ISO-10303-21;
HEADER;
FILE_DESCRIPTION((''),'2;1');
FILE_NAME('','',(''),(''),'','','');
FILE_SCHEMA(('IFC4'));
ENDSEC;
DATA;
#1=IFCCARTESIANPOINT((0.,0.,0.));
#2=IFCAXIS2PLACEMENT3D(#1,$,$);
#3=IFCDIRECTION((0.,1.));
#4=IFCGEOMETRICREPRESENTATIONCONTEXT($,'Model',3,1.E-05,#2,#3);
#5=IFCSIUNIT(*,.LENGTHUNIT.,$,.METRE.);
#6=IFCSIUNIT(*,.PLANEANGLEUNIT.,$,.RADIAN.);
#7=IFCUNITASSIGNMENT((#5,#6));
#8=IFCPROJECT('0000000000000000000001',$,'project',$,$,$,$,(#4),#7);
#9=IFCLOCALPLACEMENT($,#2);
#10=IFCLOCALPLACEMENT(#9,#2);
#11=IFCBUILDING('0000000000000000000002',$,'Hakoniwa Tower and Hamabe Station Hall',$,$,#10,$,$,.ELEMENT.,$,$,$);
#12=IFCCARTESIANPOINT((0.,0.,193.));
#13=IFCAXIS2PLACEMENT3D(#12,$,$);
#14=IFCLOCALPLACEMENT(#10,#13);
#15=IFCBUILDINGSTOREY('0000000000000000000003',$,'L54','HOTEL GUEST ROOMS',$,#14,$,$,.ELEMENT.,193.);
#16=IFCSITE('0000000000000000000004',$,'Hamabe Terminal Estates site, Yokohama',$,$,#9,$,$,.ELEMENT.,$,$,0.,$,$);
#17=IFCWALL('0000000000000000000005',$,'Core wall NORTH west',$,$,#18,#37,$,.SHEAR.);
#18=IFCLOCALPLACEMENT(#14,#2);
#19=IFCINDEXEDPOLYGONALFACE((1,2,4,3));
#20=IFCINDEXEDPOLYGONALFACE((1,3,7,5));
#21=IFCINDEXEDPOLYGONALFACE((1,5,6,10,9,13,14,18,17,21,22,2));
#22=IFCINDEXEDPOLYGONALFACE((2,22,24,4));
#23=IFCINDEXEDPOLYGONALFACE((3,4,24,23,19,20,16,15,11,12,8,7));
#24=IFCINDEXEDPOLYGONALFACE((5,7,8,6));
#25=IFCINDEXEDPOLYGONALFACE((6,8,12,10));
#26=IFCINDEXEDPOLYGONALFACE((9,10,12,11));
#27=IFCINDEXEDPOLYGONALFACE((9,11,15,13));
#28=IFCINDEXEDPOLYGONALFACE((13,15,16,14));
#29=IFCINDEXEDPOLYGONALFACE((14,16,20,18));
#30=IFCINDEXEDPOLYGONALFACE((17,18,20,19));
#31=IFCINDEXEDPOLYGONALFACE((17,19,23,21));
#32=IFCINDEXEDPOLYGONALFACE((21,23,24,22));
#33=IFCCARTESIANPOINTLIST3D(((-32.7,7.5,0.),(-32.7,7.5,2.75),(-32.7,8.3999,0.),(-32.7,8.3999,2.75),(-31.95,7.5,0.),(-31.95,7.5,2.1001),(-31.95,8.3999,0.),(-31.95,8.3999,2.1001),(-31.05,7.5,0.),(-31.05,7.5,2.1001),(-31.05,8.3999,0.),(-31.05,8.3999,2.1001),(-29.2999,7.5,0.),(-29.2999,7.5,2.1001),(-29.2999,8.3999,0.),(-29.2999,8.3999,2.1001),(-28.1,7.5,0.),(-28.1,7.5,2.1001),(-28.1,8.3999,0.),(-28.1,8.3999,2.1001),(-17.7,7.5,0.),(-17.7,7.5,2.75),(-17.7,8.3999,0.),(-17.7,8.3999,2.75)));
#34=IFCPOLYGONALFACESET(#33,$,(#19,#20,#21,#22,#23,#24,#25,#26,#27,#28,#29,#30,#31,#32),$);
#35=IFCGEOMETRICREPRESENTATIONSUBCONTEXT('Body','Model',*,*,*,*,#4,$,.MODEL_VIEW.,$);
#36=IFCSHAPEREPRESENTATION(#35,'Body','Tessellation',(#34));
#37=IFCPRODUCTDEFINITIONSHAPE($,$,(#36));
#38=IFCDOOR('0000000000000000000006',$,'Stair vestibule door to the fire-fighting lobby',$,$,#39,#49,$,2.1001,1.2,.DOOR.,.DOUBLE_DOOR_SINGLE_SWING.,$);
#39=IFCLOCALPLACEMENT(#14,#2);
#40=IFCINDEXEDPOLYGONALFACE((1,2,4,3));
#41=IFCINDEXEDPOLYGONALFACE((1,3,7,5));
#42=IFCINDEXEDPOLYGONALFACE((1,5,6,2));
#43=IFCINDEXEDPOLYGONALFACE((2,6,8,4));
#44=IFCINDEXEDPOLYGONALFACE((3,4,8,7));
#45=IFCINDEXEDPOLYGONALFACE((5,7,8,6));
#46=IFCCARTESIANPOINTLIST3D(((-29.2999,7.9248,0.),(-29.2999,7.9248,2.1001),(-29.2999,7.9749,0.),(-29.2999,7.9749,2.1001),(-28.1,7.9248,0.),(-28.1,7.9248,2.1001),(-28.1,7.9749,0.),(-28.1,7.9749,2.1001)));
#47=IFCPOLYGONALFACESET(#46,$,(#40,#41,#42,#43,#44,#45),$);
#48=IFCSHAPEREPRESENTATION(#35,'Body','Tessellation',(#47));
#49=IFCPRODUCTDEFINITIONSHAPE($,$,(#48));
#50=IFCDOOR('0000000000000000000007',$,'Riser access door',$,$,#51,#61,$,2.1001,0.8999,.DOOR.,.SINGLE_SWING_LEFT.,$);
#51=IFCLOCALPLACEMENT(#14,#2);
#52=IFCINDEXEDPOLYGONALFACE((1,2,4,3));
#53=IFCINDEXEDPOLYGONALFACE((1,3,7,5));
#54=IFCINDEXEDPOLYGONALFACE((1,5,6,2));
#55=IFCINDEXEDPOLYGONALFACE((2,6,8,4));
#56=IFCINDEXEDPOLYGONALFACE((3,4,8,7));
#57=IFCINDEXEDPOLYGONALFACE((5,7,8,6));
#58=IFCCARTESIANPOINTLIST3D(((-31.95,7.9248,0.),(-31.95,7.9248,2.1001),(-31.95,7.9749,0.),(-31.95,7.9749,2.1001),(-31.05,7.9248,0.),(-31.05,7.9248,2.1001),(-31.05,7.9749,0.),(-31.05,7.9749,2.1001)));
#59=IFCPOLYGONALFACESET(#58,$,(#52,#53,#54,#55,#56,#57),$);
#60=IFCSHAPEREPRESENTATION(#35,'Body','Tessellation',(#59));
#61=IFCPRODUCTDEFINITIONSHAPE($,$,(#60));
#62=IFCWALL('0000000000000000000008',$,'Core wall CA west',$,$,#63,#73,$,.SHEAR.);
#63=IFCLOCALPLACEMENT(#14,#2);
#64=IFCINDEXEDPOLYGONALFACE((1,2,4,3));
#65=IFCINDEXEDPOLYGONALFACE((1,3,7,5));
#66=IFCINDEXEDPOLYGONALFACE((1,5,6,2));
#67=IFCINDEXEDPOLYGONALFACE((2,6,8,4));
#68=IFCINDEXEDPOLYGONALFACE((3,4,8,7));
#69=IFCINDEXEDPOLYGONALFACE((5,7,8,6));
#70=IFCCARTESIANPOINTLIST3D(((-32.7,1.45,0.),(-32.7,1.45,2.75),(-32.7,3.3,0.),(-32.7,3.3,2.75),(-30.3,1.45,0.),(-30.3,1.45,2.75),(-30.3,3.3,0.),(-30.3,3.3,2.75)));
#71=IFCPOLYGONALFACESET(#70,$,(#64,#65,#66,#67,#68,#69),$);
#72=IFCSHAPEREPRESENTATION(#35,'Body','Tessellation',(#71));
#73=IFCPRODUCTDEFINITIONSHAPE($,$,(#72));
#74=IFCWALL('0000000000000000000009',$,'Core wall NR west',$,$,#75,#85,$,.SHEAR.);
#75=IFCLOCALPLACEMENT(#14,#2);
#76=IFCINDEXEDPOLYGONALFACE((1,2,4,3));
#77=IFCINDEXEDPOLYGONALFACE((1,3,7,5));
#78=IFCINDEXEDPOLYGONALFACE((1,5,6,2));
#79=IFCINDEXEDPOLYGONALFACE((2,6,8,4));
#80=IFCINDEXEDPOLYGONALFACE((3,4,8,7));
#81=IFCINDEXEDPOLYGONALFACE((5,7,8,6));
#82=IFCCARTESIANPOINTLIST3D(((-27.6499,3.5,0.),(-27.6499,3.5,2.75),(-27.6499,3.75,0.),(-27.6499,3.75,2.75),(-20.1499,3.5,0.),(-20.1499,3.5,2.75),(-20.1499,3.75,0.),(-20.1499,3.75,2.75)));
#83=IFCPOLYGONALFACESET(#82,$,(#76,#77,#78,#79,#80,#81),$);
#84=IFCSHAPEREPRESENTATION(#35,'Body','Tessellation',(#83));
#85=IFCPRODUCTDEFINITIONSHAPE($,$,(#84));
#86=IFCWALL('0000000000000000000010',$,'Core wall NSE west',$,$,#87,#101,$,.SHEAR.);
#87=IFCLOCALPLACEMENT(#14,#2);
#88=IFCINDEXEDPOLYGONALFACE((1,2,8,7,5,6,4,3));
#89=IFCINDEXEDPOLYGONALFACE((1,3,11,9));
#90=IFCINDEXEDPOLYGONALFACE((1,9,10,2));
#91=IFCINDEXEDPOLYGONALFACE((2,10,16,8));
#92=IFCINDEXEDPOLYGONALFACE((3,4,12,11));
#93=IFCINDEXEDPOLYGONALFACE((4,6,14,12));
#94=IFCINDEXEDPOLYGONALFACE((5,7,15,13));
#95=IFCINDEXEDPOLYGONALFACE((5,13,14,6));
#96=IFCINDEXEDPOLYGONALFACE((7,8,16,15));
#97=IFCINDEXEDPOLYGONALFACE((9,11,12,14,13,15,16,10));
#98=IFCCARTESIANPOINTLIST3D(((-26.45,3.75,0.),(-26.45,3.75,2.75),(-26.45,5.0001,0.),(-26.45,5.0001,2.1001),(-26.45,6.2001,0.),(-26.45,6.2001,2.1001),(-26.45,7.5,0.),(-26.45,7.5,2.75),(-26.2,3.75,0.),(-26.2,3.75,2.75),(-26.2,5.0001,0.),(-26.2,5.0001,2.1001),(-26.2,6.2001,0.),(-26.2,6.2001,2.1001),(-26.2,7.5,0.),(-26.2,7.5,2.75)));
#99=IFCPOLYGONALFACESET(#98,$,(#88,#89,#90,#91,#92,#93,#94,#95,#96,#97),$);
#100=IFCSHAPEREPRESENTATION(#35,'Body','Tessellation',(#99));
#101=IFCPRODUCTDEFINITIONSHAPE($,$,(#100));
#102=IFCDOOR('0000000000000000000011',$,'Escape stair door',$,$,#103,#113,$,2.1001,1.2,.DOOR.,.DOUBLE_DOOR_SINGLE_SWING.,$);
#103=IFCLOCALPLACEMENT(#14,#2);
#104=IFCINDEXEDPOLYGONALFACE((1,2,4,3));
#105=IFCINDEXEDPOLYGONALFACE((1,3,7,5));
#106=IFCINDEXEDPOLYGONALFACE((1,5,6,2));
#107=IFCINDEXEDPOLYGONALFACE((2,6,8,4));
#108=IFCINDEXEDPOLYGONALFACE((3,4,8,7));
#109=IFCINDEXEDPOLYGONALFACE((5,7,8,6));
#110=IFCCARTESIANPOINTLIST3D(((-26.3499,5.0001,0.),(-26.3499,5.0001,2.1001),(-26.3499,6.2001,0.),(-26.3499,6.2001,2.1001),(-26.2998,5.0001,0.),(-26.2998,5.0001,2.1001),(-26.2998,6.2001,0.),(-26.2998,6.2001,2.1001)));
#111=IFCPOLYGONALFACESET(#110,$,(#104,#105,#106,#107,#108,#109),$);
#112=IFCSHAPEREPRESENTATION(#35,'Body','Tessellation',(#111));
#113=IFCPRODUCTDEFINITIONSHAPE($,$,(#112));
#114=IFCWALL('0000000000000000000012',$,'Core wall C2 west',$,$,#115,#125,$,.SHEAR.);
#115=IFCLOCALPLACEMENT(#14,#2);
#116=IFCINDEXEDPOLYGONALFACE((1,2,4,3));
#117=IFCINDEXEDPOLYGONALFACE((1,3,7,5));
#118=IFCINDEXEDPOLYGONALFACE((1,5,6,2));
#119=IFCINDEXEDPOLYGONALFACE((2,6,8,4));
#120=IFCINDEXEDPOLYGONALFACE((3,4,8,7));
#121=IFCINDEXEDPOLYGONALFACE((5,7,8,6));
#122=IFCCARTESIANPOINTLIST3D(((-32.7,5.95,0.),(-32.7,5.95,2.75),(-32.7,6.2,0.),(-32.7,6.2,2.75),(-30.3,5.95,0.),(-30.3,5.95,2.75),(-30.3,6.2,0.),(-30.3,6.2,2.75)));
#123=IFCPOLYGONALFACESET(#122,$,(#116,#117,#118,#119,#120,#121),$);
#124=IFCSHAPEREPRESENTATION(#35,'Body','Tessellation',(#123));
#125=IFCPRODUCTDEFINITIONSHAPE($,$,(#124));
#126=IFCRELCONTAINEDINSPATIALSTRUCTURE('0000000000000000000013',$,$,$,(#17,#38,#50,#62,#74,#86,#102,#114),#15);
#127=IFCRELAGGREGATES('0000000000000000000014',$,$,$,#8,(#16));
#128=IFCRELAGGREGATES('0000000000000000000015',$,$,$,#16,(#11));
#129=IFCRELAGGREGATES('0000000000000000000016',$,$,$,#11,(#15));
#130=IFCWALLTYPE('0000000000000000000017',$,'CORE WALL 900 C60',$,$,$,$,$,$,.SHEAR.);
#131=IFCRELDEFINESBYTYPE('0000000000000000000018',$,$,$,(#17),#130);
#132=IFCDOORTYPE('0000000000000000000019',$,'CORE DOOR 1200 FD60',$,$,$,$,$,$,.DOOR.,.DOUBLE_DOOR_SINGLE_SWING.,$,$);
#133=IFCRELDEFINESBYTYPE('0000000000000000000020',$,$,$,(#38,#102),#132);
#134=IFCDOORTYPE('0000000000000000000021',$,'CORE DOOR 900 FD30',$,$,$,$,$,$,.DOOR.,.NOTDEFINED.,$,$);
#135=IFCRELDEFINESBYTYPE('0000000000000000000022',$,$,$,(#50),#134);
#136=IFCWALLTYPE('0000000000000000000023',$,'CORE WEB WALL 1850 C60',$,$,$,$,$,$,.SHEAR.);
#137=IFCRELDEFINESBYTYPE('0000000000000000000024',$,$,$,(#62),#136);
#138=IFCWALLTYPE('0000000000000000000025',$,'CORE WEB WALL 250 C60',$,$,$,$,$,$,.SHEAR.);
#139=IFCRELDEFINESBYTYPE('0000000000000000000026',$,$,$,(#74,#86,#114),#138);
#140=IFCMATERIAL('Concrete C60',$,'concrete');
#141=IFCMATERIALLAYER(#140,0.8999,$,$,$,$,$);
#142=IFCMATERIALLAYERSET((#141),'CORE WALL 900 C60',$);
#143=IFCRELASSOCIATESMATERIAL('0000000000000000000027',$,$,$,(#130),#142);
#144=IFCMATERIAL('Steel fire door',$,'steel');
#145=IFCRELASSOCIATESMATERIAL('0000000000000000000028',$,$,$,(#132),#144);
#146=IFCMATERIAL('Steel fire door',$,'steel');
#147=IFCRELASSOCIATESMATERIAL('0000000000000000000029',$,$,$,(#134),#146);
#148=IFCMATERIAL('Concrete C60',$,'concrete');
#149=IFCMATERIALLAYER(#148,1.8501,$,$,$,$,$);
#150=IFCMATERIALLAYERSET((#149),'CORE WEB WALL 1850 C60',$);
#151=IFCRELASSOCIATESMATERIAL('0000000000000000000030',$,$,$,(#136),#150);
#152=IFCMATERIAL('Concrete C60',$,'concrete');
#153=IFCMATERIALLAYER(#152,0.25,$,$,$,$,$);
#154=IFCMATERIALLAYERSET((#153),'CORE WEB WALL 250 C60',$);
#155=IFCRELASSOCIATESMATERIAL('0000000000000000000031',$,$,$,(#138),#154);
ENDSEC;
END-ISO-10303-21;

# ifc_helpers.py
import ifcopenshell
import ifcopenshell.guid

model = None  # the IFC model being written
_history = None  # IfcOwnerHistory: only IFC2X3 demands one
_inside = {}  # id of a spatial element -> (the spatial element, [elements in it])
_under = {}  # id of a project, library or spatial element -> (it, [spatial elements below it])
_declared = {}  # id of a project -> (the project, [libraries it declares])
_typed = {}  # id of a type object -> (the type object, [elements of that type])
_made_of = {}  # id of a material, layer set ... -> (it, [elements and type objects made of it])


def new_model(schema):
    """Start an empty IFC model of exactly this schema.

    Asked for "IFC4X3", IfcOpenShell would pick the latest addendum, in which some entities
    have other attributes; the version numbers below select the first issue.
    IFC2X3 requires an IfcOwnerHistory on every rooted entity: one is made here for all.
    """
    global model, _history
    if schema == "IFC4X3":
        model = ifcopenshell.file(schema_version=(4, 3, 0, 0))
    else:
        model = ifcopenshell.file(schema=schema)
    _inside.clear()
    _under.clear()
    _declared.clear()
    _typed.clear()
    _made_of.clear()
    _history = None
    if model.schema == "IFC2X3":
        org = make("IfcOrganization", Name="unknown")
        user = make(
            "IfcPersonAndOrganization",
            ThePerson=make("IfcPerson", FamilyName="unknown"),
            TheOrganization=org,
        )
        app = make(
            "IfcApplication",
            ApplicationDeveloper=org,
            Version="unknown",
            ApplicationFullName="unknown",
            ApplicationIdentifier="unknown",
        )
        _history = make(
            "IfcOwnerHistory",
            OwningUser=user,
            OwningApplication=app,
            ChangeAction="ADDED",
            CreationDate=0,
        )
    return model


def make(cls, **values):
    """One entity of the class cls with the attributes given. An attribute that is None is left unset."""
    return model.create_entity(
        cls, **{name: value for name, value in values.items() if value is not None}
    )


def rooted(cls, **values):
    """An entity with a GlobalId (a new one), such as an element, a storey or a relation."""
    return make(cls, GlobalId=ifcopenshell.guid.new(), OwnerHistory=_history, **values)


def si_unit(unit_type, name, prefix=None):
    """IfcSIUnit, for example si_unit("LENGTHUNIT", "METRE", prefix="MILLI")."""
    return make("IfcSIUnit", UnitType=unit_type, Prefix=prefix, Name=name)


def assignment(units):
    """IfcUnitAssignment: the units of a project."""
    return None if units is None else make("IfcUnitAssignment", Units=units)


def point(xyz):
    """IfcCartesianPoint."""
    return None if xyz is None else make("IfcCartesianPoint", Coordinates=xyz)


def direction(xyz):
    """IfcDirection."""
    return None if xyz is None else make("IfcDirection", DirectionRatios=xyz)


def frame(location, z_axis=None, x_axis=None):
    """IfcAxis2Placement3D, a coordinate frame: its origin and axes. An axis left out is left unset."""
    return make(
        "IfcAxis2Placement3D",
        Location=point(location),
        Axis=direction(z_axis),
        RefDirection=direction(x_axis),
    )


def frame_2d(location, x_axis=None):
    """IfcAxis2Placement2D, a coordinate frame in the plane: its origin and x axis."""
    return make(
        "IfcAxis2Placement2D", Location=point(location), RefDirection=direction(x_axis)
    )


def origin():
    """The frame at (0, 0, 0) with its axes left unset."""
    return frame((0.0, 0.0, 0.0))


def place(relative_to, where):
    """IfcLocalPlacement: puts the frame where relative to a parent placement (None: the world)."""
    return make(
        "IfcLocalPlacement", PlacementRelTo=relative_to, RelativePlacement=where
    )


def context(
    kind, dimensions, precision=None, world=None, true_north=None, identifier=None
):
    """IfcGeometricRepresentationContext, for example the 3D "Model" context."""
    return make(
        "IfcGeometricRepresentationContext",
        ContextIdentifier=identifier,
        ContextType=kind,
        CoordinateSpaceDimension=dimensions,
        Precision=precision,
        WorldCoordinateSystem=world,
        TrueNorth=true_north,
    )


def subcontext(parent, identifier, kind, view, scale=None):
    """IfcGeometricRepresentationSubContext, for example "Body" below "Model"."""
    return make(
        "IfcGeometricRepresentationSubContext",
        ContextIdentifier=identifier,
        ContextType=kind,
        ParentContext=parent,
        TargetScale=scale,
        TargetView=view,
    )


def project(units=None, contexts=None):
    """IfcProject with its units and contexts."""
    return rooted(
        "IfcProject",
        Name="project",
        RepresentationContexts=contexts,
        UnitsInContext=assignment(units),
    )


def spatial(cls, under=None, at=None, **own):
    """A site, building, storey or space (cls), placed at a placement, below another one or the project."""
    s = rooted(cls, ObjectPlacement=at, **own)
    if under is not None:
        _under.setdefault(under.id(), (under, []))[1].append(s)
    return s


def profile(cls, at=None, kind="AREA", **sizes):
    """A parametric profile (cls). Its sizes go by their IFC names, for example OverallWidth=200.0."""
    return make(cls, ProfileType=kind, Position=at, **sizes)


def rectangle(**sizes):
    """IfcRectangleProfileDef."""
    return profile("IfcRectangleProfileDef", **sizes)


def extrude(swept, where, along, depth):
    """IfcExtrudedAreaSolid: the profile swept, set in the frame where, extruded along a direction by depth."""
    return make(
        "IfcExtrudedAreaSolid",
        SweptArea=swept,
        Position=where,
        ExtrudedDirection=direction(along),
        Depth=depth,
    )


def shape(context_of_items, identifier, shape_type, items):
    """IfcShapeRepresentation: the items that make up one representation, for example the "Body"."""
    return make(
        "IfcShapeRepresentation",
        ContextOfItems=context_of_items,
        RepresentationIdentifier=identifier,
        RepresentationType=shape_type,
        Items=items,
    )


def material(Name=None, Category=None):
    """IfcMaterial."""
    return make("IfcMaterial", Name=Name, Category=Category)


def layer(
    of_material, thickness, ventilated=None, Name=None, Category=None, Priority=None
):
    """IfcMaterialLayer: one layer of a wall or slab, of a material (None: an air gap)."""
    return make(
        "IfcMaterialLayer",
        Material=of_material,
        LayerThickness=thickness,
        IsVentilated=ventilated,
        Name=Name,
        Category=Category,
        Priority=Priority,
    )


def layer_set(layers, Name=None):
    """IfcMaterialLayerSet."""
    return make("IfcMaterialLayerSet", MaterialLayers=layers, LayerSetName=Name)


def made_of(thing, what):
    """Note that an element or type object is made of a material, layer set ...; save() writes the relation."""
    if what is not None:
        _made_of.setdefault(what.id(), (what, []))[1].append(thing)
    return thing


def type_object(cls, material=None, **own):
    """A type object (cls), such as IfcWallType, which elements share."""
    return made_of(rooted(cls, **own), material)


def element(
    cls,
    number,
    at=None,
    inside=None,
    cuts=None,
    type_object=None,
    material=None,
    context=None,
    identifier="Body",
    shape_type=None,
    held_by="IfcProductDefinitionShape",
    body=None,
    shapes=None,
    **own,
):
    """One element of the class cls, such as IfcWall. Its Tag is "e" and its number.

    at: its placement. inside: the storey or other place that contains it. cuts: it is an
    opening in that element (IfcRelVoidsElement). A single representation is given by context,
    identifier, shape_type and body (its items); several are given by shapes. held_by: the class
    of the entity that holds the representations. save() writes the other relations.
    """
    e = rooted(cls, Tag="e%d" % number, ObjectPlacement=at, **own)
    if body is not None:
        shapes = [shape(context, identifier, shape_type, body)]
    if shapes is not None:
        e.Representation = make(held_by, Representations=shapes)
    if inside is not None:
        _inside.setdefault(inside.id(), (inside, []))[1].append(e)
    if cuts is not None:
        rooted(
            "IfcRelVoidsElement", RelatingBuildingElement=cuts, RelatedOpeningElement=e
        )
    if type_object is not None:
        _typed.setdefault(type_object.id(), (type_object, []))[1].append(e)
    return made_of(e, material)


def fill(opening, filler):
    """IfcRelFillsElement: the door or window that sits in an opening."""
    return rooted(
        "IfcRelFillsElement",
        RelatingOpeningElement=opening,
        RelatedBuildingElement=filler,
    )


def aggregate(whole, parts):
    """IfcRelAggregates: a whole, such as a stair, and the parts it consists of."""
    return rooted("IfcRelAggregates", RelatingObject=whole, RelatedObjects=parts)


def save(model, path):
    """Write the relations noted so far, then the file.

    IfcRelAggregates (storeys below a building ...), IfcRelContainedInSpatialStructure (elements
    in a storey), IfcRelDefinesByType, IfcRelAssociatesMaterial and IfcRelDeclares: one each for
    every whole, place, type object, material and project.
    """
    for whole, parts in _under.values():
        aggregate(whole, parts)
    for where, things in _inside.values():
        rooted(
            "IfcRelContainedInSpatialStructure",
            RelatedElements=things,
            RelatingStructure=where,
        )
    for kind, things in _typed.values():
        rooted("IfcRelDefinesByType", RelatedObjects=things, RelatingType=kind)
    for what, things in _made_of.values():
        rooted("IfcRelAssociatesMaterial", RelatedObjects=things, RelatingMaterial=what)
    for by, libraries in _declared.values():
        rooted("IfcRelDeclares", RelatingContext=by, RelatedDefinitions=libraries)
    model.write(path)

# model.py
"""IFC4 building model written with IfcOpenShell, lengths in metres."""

from ifc_helpers import new_model, si_unit, direction, frame, frame_2d, origin, place, context, subcontext, project, spatial, rectangle, extrude, material, layer, layer_set, type_object, element, fill, save


model = new_model("IFC4")

# Units and contexts
model_context = context("Model", 3, precision=1e-05, world=origin(), true_north=direction((0.0, 1.0)))
body_context = subcontext(model_context, "Body", "Model", "MODEL_VIEW")
ifc_project = project(units=[si_unit("LENGTHUNIT", "METRE"), si_unit("PLANEANGLEUNIT", "RADIAN")], contexts=[model_context])

# Site, building, storey
site_placement = place(None, origin())
site = spatial("IfcSite", under=ifc_project, at=site_placement, Name="Hamabe Terminal Estates site, Yokohama", CompositionType="ELEMENT", RefElevation=0.0)
building_placement = place(site_placement, origin())
building = spatial("IfcBuilding", under=site, at=building_placement, Name="Hakoniwa Tower and Hamabe Station Hall", CompositionType="ELEMENT")
storey_placement = place(building_placement, frame((0.0, 0.0, 193.0)))
storey = spatial("IfcBuildingStorey", under=building, at=storey_placement, Name="L54", Description="HOTEL GUEST ROOMS", CompositionType="ELEMENT", Elevation=193.0)

# Wall, openings, doors
ifc_material_1 = material(Name="Concrete C60", Category="concrete")
ifc_layer_1 = layer(ifc_material_1, 0.8999)
ifc_layer_set_1 = layer_set([ifc_layer_1], Name="CORE WALL 900 C60")
wall_type_1 = type_object("IfcWallType", Name="CORE WALL 900 C60", PredefinedType="SHEAR", material=ifc_layer_set_1)
wall_1_placement = place(storey_placement, frame((-32.7, 7.95, 0.0), z_axis=(0.0, 0.0, 1.0), x_axis=(1.0, 0.0, 0.0)))
wall_1 = element("IfcWall", 1, at=wall_1_placement, inside=storey, type_object=wall_type_1, Name="Core wall NORTH west", PredefinedType="SHEAR", context=body_context, shape_type="SweptSolid", body=[
    extrude(rectangle(XDim=15.0, YDim=0.8999, at=frame_2d((7.5, 0.0))), origin(), (0.0, 0.0, 1.0), 2.75),
])
opening_1_placement = place(wall_1_placement, frame((3.3999, 0.0, 0.0)))
opening_1 = element("IfcOpeningElement", 2, at=opening_1_placement, cuts=wall_1, PredefinedType="OPENING", context=body_context, shape_type="SweptSolid", body=[
    extrude(rectangle(XDim=1.2, YDim=2.1001, at=frame_2d((0.6001, 1.05))), frame((0.0, 0.46, 0.0), z_axis=(0.0, -1.0, 0.0), x_axis=(1.0, 0.0, 0.0)), (0.0, 0.0, 1.0), 0.9199),
])
opening_2_placement = place(wall_1_placement, frame((0.75, 0.0, 0.0)))
opening_2 = element("IfcOpeningElement", 3, at=opening_2_placement, cuts=wall_1, PredefinedType="OPENING", context=body_context, shape_type="SweptSolid", body=[
    extrude(rectangle(XDim=0.8999, YDim=2.1001, at=frame_2d((0.45, 1.05))), frame((0.0, 0.46, 0.0), z_axis=(0.0, -1.0, 0.0), x_axis=(1.0, 0.0, 0.0)), (0.0, 0.0, 1.0), 0.9199),
])
ifc_material_2 = material(Name="Steel fire door", Category="steel")
door_type_1 = type_object("IfcDoorType", Name="CORE DOOR 1200 FD60", OperationType="DOUBLE_DOOR_SINGLE_SWING", PredefinedType="DOOR", material=ifc_material_2)
door_1_placement = place(opening_1_placement, origin())
door_1 = element("IfcDoor", 4, at=door_1_placement, inside=storey, type_object=door_type_1, Name="Stair vestibule door to the fire-fighting lobby", OperationType="DOUBLE_DOOR_SINGLE_SWING", OverallHeight=2.1001, OverallWidth=1.2, PredefinedType="DOOR", context=body_context, shape_type="SweptSolid", body=[
    extrude(rectangle(XDim=1.2, YDim=2.1001, at=frame_2d((0.6001, 1.05))), frame((0.0, 0.0249, 0.0), z_axis=(0.0, -1.0, 0.0), x_axis=(1.0, 0.0, 0.0)), (0.0, 0.0, 1.0), 0.05),
])
fill(opening_1, door_1)
ifc_material_3 = material(Name="Steel fire door", Category="steel")
door_type_2 = type_object("IfcDoorType", Name="CORE DOOR 900 FD30", OperationType="NOTDEFINED", PredefinedType="DOOR", material=ifc_material_3)
door_2_placement = place(opening_2_placement, origin())
door_2 = element("IfcDoor", 5, at=door_2_placement, inside=storey, type_object=door_type_2, Name="Riser access door", OperationType="SINGLE_SWING_LEFT", OverallHeight=2.1001, OverallWidth=0.8999, PredefinedType="DOOR", context=body_context, shape_type="SweptSolid", body=[
    extrude(rectangle(XDim=0.8999, YDim=2.1001, at=frame_2d((0.45, 1.05))), frame((0.0, 0.0249, 0.0), z_axis=(0.0, -1.0, 0.0), x_axis=(1.0, 0.0, 0.0)), (0.0, 0.0, 1.0), 0.05),
])
fill(opening_2, door_2)

# Walls
ifc_material_4 = material(Name="Concrete C60", Category="concrete")
ifc_layer_2 = layer(ifc_material_4, 1.8501)
ifc_layer_set_2 = layer_set([ifc_layer_2], Name="CORE WEB WALL 1850 C60")
wall_type_2 = type_object("IfcWallType", Name="CORE WEB WALL 1850 C60", PredefinedType="SHEAR", material=ifc_layer_set_2)
wall_2_placement = place(storey_placement, frame((-32.7, 2.375, 0.0), z_axis=(0.0, 0.0, 1.0), x_axis=(1.0, 0.0, 0.0)))
element("IfcWall", 6, at=wall_2_placement, inside=storey, type_object=wall_type_2, Name="Core wall CA west", PredefinedType="SHEAR", context=body_context, shape_type="SweptSolid", body=[
    extrude(rectangle(XDim=2.3999, YDim=1.8501, at=frame_2d((1.2, 0.0))), origin(), (0.0, 0.0, 1.0), 2.75),
])
ifc_material_5 = material(Name="Concrete C60", Category="concrete")
ifc_layer_3 = layer(ifc_material_5, 0.25)
ifc_layer_set_3 = layer_set([ifc_layer_3], Name="CORE WEB WALL 250 C60")
wall_type_3 = type_object("IfcWallType", Name="CORE WEB WALL 250 C60", PredefinedType="SHEAR", material=ifc_layer_set_3)
wall_3_placement = place(storey_placement, frame((-27.6499, 3.625, 0.0), z_axis=(0.0, 0.0, 1.0), x_axis=(1.0, 0.0, 0.0)))
element("IfcWall", 7, at=wall_3_placement, inside=storey, type_object=wall_type_3, Name="Core wall NR west", PredefinedType="SHEAR", context=body_context, shape_type="SweptSolid", body=[
    extrude(rectangle(XDim=7.5, YDim=0.25, at=frame_2d((3.75, 0.0))), origin(), (0.0, 0.0, 1.0), 2.75),
])

# Wall, opening, door
wall_4_placement = place(storey_placement, frame((-26.325, 3.75, 0.0), z_axis=(0.0, 0.0, 1.0), x_axis=(0.0, 1.0, 0.0)))
wall_4 = element("IfcWall", 8, at=wall_4_placement, inside=storey, type_object=wall_type_3, Name="Core wall NSE west", PredefinedType="SHEAR", context=body_context, shape_type="SweptSolid", body=[
    extrude(rectangle(XDim=3.75, YDim=0.25, at=frame_2d((1.875, 0.0))), origin(), (0.0, 0.0, 1.0), 2.75),
])
opening_3_placement = place(wall_4_placement, frame((1.25, 0.0, 0.0)))
opening_3 = element("IfcOpeningElement", 9, at=opening_3_placement, cuts=wall_4, PredefinedType="OPENING", context=body_context, shape_type="SweptSolid", body=[
    extrude(rectangle(XDim=1.2, YDim=2.1001, at=frame_2d((0.6001, 1.05))), frame((0.0, 0.135, 0.0), z_axis=(0.0, -1.0, 0.0), x_axis=(1.0, 0.0, 0.0)), (0.0, 0.0, 1.0), 0.27),
])
door_3_placement = place(opening_3_placement, origin())
door_3 = element("IfcDoor", 10, at=door_3_placement, inside=storey, type_object=door_type_1, Name="Escape stair door", OperationType="DOUBLE_DOOR_SINGLE_SWING", OverallHeight=2.1001, OverallWidth=1.2, PredefinedType="DOOR", context=body_context, shape_type="SweptSolid", body=[
    extrude(rectangle(XDim=1.2, YDim=2.1001, at=frame_2d((0.6001, 1.05))), frame((0.0, 0.0249, 0.0), z_axis=(0.0, -1.0, 0.0), x_axis=(1.0, 0.0, 0.0)), (0.0, 0.0, 1.0), 0.05),
])
fill(opening_3, door_3)

# Wall
wall_5_placement = place(storey_placement, frame((-32.7, 6.075, 0.0), z_axis=(0.0, 0.0, 1.0), x_axis=(1.0, 0.0, 0.0)))
element("IfcWall", 11, at=wall_5_placement, inside=storey, type_object=wall_type_3, Name="Core wall C2 west", PredefinedType="SHEAR", context=body_context, shape_type="SweptSolid", body=[
    extrude(rectangle(XDim=2.3999, YDim=0.25, at=frame_2d((1.2, 0.0))), origin(), (0.0, 0.0, 1.0), 2.75),
])

save(model, "model.ifc")
